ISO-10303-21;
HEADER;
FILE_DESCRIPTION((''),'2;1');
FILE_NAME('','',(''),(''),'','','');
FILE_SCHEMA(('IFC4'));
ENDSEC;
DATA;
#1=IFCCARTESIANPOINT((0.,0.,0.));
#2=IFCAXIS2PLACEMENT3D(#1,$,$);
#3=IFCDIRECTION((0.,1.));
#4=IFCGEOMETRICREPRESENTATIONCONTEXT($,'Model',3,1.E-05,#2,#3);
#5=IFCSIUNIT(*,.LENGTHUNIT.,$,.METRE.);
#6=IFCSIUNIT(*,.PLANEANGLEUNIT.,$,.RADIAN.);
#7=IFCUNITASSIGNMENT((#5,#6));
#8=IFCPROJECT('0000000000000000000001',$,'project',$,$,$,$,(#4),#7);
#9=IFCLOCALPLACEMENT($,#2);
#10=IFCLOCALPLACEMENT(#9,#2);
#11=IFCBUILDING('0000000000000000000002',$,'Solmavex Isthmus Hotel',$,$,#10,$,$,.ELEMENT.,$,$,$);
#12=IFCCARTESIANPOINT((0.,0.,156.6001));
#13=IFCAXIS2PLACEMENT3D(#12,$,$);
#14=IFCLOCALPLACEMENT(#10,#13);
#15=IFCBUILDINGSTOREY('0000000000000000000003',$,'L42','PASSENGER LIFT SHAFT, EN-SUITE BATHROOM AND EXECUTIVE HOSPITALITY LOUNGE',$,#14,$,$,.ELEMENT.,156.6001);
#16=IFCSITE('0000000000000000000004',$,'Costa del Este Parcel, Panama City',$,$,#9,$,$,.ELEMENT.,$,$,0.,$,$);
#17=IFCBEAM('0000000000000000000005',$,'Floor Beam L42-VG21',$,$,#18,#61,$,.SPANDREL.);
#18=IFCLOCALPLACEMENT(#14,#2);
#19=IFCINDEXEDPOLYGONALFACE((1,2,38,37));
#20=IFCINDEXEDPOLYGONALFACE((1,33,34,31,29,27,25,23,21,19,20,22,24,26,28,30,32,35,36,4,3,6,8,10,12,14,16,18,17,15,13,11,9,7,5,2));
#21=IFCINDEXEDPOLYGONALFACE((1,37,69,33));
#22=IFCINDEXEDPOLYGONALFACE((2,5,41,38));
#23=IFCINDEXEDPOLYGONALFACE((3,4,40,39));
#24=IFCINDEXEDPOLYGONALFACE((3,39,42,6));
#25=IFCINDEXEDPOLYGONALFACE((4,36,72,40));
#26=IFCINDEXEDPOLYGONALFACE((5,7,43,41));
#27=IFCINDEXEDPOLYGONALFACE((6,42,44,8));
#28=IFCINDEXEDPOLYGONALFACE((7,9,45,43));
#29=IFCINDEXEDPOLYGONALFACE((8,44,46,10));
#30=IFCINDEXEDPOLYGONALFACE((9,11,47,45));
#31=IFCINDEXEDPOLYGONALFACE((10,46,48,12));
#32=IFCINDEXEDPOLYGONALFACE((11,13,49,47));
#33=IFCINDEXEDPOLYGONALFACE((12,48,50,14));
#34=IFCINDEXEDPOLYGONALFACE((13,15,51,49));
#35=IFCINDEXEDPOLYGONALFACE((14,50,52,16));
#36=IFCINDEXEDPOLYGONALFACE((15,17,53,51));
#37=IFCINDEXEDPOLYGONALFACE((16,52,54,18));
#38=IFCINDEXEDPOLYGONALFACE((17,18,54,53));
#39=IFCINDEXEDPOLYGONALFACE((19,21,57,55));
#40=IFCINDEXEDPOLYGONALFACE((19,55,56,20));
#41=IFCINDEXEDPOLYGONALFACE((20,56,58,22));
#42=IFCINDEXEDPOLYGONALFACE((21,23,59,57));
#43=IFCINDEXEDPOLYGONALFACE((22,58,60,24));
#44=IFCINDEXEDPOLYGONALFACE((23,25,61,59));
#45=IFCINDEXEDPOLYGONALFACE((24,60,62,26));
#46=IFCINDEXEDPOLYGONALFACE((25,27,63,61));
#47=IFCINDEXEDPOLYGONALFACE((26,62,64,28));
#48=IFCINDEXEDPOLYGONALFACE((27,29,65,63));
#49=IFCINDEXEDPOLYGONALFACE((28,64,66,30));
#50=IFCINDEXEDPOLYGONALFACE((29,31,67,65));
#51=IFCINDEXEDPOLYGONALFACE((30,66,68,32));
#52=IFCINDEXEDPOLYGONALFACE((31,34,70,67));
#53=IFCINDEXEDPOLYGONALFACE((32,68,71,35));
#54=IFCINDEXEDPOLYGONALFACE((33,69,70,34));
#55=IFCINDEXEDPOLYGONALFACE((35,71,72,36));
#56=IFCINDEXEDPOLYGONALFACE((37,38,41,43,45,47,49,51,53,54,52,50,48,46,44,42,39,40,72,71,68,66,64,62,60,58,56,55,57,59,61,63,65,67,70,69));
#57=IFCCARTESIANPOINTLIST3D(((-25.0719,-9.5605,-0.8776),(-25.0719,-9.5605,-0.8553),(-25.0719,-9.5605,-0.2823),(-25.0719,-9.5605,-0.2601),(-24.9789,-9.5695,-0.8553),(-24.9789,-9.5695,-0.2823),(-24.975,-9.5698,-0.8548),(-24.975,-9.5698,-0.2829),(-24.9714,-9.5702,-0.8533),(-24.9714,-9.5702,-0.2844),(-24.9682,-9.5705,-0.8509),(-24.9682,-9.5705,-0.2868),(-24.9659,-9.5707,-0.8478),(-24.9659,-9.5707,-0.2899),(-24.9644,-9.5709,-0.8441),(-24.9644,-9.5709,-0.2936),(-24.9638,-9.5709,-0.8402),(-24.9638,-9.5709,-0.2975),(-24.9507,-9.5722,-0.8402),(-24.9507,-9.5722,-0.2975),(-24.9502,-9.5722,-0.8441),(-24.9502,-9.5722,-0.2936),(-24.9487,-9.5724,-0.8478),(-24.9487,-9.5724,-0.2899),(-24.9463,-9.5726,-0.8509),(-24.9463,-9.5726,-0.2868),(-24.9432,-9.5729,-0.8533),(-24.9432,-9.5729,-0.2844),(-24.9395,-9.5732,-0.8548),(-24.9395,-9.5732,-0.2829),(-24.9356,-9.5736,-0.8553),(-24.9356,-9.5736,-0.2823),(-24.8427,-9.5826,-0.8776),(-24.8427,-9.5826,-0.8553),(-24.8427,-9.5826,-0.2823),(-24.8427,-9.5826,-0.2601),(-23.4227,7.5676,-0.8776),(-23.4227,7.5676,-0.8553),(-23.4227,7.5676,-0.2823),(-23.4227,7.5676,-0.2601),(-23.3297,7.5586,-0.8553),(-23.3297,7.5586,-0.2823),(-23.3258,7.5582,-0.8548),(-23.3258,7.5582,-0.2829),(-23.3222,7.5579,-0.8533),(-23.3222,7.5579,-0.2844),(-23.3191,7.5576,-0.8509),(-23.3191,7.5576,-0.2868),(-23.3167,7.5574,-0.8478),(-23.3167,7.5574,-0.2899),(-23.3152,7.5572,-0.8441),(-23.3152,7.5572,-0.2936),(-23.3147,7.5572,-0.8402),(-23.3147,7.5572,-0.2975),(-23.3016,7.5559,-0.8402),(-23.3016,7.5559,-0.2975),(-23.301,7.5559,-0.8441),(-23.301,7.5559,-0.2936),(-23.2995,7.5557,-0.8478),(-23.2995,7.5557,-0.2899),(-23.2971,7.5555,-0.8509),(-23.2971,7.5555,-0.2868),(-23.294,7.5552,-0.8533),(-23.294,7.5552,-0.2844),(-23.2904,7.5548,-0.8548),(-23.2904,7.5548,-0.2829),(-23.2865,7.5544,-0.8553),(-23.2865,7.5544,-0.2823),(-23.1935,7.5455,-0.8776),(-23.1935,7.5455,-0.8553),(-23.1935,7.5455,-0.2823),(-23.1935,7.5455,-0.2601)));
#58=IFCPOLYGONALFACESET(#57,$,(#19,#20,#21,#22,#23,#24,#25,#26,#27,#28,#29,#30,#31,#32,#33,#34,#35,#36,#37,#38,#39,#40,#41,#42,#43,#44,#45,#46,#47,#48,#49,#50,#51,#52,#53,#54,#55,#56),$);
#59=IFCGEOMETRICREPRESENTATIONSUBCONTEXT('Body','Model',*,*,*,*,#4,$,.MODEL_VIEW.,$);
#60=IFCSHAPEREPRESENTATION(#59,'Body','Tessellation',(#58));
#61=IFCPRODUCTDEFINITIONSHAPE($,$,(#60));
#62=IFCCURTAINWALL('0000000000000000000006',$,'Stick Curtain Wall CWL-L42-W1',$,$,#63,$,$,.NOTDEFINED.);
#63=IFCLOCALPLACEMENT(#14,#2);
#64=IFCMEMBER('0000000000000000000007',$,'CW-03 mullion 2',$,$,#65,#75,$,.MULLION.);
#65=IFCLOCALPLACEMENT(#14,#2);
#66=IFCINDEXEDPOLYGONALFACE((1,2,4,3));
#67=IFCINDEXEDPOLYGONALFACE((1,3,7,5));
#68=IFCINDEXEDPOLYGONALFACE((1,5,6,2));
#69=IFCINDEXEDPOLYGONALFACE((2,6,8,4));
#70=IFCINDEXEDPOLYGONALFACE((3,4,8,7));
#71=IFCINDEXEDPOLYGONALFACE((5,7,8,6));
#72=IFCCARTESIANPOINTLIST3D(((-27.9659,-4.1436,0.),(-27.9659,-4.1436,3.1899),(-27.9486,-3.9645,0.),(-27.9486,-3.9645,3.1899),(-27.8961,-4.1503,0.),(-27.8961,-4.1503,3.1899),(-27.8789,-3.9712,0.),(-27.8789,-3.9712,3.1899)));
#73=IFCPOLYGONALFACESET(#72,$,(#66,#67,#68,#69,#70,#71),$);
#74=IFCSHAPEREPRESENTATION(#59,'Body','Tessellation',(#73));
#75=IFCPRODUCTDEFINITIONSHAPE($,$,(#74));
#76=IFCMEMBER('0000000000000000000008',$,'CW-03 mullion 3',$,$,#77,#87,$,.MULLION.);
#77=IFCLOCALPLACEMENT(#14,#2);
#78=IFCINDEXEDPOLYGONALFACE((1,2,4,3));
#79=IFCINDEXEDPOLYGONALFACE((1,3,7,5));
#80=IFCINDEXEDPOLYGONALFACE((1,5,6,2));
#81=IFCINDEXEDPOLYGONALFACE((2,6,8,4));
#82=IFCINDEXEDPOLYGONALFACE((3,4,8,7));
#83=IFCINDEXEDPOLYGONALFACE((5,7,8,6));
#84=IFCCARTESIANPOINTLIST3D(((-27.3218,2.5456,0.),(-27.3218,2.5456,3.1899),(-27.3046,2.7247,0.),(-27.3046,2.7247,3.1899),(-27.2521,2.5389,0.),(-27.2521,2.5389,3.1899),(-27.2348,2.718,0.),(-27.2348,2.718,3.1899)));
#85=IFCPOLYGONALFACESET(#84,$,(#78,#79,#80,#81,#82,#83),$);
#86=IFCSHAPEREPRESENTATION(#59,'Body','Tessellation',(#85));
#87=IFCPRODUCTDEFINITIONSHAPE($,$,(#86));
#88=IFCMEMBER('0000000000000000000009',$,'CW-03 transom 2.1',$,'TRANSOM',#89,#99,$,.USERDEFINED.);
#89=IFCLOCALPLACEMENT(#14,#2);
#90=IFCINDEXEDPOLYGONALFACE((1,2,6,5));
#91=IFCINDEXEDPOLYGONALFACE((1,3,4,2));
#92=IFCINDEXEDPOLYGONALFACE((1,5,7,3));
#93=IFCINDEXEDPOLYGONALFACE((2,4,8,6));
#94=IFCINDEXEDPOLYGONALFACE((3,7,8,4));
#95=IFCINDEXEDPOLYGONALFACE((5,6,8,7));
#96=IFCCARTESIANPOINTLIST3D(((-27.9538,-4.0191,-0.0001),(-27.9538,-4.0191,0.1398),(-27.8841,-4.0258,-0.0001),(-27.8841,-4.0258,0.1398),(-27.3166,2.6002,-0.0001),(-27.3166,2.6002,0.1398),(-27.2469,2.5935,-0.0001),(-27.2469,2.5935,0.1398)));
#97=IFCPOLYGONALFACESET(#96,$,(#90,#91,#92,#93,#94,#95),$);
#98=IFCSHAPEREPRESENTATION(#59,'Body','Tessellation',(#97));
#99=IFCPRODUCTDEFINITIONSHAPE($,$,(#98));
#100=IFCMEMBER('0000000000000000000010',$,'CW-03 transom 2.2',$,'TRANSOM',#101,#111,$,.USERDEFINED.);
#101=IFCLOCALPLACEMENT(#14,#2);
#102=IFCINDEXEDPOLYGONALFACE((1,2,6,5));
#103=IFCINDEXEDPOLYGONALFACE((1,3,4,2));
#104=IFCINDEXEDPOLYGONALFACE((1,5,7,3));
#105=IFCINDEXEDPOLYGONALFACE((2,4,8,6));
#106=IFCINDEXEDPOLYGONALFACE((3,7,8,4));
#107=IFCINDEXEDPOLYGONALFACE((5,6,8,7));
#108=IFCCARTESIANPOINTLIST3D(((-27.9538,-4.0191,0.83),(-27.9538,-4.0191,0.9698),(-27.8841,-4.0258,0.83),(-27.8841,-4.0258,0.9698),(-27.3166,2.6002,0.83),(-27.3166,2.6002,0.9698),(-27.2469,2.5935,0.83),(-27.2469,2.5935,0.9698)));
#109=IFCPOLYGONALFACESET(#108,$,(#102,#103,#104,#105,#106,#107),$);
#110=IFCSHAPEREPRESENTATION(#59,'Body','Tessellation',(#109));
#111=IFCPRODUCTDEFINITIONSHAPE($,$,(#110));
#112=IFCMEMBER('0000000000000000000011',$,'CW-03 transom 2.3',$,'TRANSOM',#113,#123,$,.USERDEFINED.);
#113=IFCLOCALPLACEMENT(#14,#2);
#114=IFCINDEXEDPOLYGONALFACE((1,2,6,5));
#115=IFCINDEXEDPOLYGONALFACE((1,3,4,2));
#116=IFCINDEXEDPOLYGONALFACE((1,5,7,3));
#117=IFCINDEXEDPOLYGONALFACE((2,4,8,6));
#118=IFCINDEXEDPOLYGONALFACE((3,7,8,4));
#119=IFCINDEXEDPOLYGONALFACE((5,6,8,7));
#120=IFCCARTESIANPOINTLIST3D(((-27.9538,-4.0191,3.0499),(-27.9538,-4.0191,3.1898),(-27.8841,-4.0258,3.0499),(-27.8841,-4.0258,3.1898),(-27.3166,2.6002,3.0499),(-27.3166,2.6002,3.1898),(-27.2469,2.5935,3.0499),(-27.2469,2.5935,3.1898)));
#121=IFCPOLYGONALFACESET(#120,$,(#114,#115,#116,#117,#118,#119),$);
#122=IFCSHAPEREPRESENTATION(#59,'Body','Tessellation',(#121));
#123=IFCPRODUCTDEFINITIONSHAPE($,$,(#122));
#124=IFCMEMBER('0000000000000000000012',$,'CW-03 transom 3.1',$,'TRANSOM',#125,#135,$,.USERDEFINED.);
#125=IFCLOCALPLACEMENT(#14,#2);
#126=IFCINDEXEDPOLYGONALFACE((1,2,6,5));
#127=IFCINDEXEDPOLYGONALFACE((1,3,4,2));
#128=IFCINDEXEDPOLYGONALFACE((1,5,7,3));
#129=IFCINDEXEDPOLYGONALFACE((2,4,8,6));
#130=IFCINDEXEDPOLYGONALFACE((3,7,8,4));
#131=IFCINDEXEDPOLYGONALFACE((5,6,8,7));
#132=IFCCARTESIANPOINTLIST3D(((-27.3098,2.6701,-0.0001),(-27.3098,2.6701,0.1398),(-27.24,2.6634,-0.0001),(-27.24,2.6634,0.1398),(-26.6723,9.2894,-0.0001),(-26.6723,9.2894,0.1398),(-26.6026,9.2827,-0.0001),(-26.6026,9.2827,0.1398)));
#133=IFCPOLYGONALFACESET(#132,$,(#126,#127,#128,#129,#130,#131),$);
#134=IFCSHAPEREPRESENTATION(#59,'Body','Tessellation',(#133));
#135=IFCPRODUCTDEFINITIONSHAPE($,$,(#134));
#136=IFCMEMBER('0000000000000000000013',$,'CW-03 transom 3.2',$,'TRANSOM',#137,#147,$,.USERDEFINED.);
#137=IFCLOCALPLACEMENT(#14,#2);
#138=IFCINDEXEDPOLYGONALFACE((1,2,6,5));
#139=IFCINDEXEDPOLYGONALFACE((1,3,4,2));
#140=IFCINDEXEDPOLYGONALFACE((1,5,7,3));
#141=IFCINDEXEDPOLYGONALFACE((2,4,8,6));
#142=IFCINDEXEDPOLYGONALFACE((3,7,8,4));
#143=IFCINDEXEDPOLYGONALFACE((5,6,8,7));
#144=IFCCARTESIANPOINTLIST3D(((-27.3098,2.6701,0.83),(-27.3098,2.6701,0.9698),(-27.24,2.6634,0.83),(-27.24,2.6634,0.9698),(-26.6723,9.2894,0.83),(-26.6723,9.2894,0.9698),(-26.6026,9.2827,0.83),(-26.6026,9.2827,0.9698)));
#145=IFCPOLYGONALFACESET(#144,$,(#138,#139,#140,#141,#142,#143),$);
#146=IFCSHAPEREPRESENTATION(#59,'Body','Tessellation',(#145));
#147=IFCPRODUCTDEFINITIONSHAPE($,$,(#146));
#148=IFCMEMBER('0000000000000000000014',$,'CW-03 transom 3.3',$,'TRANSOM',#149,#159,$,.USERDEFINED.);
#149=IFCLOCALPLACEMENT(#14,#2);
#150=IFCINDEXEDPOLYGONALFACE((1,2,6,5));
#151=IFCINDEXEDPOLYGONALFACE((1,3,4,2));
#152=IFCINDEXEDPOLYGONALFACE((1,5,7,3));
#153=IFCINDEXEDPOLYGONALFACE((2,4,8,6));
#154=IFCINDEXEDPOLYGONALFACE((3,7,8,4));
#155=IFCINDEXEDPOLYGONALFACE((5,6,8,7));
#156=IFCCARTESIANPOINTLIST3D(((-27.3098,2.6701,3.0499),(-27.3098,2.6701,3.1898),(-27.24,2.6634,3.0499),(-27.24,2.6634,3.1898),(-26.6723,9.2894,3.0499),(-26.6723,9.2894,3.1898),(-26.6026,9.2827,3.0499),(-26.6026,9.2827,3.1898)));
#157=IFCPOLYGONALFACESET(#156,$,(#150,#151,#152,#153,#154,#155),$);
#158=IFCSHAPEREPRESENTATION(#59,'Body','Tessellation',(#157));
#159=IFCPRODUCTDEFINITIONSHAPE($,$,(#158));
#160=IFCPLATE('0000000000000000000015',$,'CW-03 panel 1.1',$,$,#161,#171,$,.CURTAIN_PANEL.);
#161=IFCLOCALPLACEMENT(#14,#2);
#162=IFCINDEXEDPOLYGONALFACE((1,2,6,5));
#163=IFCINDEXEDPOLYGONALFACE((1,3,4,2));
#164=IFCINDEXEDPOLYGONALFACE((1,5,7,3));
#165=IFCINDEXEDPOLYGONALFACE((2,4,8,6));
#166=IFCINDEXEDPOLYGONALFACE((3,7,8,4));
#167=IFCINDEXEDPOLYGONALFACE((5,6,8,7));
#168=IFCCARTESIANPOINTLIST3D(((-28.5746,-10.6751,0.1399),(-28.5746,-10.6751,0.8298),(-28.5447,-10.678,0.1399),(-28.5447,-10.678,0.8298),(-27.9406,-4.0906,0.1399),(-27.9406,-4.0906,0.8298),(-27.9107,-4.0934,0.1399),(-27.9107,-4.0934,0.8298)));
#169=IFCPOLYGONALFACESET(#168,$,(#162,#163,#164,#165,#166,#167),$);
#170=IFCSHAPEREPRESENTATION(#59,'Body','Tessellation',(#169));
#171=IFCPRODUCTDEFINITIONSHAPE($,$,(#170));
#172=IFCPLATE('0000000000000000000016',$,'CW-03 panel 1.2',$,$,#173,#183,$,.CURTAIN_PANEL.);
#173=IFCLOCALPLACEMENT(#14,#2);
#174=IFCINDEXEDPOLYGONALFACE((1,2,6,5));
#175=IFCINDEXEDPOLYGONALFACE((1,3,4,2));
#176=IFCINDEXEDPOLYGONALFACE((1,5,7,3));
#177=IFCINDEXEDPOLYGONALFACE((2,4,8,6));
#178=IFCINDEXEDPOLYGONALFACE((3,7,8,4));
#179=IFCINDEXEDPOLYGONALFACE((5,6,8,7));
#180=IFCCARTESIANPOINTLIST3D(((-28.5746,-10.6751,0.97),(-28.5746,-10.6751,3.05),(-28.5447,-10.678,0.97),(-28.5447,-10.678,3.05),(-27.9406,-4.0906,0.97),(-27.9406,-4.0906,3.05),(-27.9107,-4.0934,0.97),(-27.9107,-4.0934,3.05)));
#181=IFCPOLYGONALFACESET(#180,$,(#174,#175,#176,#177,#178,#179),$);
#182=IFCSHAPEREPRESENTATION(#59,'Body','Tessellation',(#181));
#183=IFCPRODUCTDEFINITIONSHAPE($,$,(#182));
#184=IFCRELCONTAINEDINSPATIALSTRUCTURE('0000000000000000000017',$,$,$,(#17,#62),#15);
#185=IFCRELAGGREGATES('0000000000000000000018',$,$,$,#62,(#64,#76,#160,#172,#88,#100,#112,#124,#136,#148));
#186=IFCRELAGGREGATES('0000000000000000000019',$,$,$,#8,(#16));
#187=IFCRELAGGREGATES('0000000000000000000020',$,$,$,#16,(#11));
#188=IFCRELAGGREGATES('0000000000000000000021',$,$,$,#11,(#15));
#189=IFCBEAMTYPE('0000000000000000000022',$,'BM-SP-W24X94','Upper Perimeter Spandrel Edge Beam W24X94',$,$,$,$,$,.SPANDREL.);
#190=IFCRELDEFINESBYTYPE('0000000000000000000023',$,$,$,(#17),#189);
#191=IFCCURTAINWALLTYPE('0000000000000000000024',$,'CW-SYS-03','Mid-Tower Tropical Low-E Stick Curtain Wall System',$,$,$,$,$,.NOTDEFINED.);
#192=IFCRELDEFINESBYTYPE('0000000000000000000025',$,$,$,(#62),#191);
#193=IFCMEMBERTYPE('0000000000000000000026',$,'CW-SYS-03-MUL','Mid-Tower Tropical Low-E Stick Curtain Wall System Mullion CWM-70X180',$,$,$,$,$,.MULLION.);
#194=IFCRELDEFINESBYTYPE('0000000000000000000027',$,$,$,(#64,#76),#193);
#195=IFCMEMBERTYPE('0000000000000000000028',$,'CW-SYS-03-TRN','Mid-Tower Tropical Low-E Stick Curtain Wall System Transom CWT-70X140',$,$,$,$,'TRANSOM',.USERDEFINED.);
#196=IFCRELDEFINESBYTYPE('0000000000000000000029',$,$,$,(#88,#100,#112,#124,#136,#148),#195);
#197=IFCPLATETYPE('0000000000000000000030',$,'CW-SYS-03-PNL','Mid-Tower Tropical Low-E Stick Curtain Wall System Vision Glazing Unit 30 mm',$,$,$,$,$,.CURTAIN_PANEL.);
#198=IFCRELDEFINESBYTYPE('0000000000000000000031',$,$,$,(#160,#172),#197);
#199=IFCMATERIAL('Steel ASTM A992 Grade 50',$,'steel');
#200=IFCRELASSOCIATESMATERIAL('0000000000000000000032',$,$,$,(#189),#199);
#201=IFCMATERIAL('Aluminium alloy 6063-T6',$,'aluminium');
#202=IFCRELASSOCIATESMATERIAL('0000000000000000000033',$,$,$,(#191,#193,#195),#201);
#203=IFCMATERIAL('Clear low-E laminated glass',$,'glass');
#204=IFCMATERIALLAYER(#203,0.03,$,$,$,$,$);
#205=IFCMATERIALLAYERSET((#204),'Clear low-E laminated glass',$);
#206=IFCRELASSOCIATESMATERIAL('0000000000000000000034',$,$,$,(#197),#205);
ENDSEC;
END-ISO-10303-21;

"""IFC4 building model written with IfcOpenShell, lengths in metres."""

from ifc_helpers import new_model, si_unit, direction, frame, origin, origin_2d, place, context, subcontext, project, spatial, rectangle, i_section, extrude, material, layer, layer_set, material_profile, profile_set, type_object, element, aggregate, save


model = new_model("IFC4")

# Units and contexts
model_context = context("Model", 3, precision=1e-05, world=origin(), true_north=direction((0.0, 1.0)))
body_context = subcontext(model_context, "Body", "Model", "MODEL_VIEW")
ifc_project = project(units=[si_unit("LENGTHUNIT", "METRE"), si_unit("PLANEANGLEUNIT", "RADIAN")], contexts=[model_context])

# Site, building, storey
site_placement = place(None, origin())
site = spatial("IfcSite", under=ifc_project, at=site_placement, Name="Costa del Este Parcel, Panama City", CompositionType="ELEMENT", RefElevation=0.0)
building_placement = place(site_placement, origin())
building = spatial("IfcBuilding", under=site, at=building_placement, Name="Solmavex Isthmus Hotel", CompositionType="ELEMENT")
storey_placement = place(building_placement, frame((0.0, 0.0, 156.6001)))
storey = spatial("IfcBuildingStorey", under=building, at=storey_placement, Name="L42", Description="PASSENGER LIFT SHAFT, EN-SUITE BATHROOM AND EXECUTIVE HOSPITALITY LOUNGE", CompositionType="ELEMENT", Elevation=156.6001)

# Beam
ifc_material_1 = material(Name="Steel ASTM A992 Grade 50", Category="steel")
ifc_material_profile_1 = material_profile(ifc_material_1, i_section(OverallWidth=0.2302, OverallDepth=0.6174, WebThickness=0.0132, FlangeThickness=0.0222, FilletRadius=0.0151, at=origin_2d()), Name="W24X94")
ifc_profile_set_1 = profile_set([ifc_material_profile_1], Name="Steel ASTM A992 Grade 50")
beam_type_1 = type_object("IfcBeamType", Name="BM-SP-W24X94", Description="Upper Perimeter Spandrel Edge Beam W24X94", PredefinedType="SPANDREL", material=ifc_profile_set_1)
beam_1_placement = place(storey_placement, frame((-24.9573, -9.5715, -0.5688), z_axis=(0.095841, 0.995397, 0.0), x_axis=(-0.995397, 0.095841, 0.0)))
element("IfcBeam", 1, at=beam_1_placement, inside=storey, type_object=beam_type_1, Name="Floor Beam L42-VG21", PredefinedType="SPANDREL", context=body_context, shape_type="SweptSolid", body=[
    extrude(i_section(OverallWidth=0.2302, OverallDepth=0.6174, WebThickness=0.0132, FlangeThickness=0.0222, FilletRadius=0.0151, at=origin_2d()), origin(), (0.0, 0.0, 1.0), 17.2073),
])

# Curtain wall, members, plates
ifc_material_2 = material(Name="Aluminium alloy 6063-T6", Category="aluminium")
curtain_wall_type = type_object("IfcCurtainWallType", Name="CW-SYS-03", Description="Mid-Tower Tropical Low-E Stick Curtain Wall System", PredefinedType="NOTDEFINED", material=ifc_material_2)
curtain_wall_placement = place(storey_placement, origin())
curtain_wall = element("IfcCurtainWall", 2, at=curtain_wall_placement, inside=storey, type_object=curtain_wall_type, Name="Stick Curtain Wall CWL-L42-W1", PredefinedType="NOTDEFINED")
ifc_material_profile_2 = material_profile(ifc_material_2, rectangle(XDim=0.0701, YDim=0.1799, at=origin_2d()), Name="CWM-70X180")
ifc_profile_set_2 = profile_set([ifc_material_profile_2], Name="Aluminium alloy 6063-T6")
member_type_1 = type_object("IfcMemberType", Name="CW-SYS-03-MUL", Description="Mid-Tower Tropical Low-E Stick Curtain Wall System Mullion CWM-70X180", PredefinedType="MULLION", material=ifc_profile_set_2)
member_1_placement = place(storey_placement, frame((-27.9224, -4.0574, 0.0), z_axis=(0.0, 0.0, 1.0), x_axis=(-0.995396, 0.095846, 0.0)))
member_1 = element("IfcMember", 3, at=member_1_placement, type_object=member_type_1, Name="CW-03 mullion 2", PredefinedType="MULLION", context=body_context, shape_type="SweptSolid", body=[
    extrude(rectangle(XDim=0.0701, YDim=0.1799, at=origin_2d()), origin(), (0.0, 0.0, 1.0), 3.1899),
])
member_2_placement = place(storey_placement, frame((-27.2783, 2.6318, 0.0), z_axis=(0.0, 0.0, 1.0), x_axis=(-0.995396, 0.095846, 0.0)))
member_2 = element("IfcMember", 4, at=member_2_placement, type_object=member_type_1, Name="CW-03 mullion 3", PredefinedType="MULLION", context=body_context, shape_type="SweptSolid", body=[
    extrude(rectangle(XDim=0.0701, YDim=0.1799, at=origin_2d()), origin(), (0.0, 0.0, 1.0), 3.1899),
])
ifc_material_profile_3 = material_profile(ifc_material_2, rectangle(XDim=0.0701, YDim=0.1399, at=origin_2d()), Name="CWT-70X140")
ifc_profile_set_3 = profile_set([ifc_material_profile_3], Name="Aluminium alloy 6063-T6")
member_type_2 = type_object("IfcMemberType", Name="CW-SYS-03-TRN", Description="Mid-Tower Tropical Low-E Stick Curtain Wall System Transom CWT-70X140", ElementType="TRANSOM", PredefinedType="USERDEFINED", material=ifc_profile_set_3)
member_3_placement = place(storey_placement, frame((-27.9189, -4.0225, 0.0698), z_axis=(0.095821, 0.995399, 0.0), x_axis=(-0.995399, 0.095821, 0.0)))
member_3 = element("IfcMember", 5, at=member_3_placement, type_object=member_type_2, Name="CW-03 transom 2.1", ObjectType="TRANSOM", PredefinedType="USERDEFINED", context=body_context, shape_type="SweptSolid", body=[
    extrude(rectangle(XDim=0.0701, YDim=0.1399, at=origin_2d()), origin(), (0.0, 0.0, 1.0), 6.6499),
])
member_4_placement = place(storey_placement, frame((-27.9189, -4.0225, 0.8999), z_axis=(0.095821, 0.995399, 0.0), x_axis=(-0.995399, 0.095821, 0.0)))
member_4 = element("IfcMember", 6, at=member_4_placement, type_object=member_type_2, Name="CW-03 transom 2.2", ObjectType="TRANSOM", PredefinedType="USERDEFINED", context=body_context, shape_type="SweptSolid", body=[
    extrude(rectangle(XDim=0.0701, YDim=0.1399, at=origin_2d()), origin(), (0.0, 0.0, 1.0), 6.6499),
])
member_5_placement = place(storey_placement, frame((-27.9189, -4.0225, 3.1199), z_axis=(0.095821, 0.995399, 0.0), x_axis=(-0.995399, 0.095821, 0.0)))
member_5 = element("IfcMember", 7, at=member_5_placement, type_object=member_type_2, Name="CW-03 transom 2.3", ObjectType="TRANSOM", PredefinedType="USERDEFINED", context=body_context, shape_type="SweptSolid", body=[
    extrude(rectangle(XDim=0.0701, YDim=0.1399, at=origin_2d()), origin(), (0.0, 0.0, 1.0), 6.6499),
])
member_6_placement = place(storey_placement, frame((-27.2749, 2.6667, 0.0698), z_axis=(0.095857, 0.995395, 0.0), x_axis=(-0.995395, 0.095857, 0.0)))
member_6 = element("IfcMember", 8, at=member_6_placement, type_object=member_type_2, Name="CW-03 transom 3.1", ObjectType="TRANSOM", PredefinedType="USERDEFINED", context=body_context, shape_type="SweptSolid", body=[
    extrude(rectangle(XDim=0.0701, YDim=0.1399, at=origin_2d()), origin(), (0.0, 0.0, 1.0), 6.6499),
])
member_7_placement = place(storey_placement, frame((-27.2749, 2.6667, 0.8999), z_axis=(0.095857, 0.995395, 0.0), x_axis=(-0.995395, 0.095857, 0.0)))
member_7 = element("IfcMember", 9, at=member_7_placement, type_object=member_type_2, Name="CW-03 transom 3.2", ObjectType="TRANSOM", PredefinedType="USERDEFINED", context=body_context, shape_type="SweptSolid", body=[
    extrude(rectangle(XDim=0.0701, YDim=0.1399, at=origin_2d()), origin(), (0.0, 0.0, 1.0), 6.6499),
])
member_8_placement = place(storey_placement, frame((-27.2749, 2.6667, 3.1199), z_axis=(0.095857, 0.995395, 0.0), x_axis=(-0.995395, 0.095857, 0.0)))
member_8 = element("IfcMember", 10, at=member_8_placement, type_object=member_type_2, Name="CW-03 transom 3.3", ObjectType="TRANSOM", PredefinedType="USERDEFINED", context=body_context, shape_type="SweptSolid", body=[
    extrude(rectangle(XDim=0.0701, YDim=0.1399, at=origin_2d()), origin(), (0.0, 0.0, 1.0), 6.6499),
])
ifc_material_3 = material(Name="Clear low-E laminated glass", Category="glass")
ifc_layer_1 = layer(ifc_material_3, 0.03)
ifc_layer_set_1 = layer_set([ifc_layer_1], Name="Clear low-E laminated glass")
plate_type = type_object("IfcPlateType", Name="CW-SYS-03-PNL", Description="Mid-Tower Tropical Low-E Stick Curtain Wall System Vision Glazing Unit 30 mm", PredefinedType="CURTAIN_PANEL", material=ifc_layer_set_1)
plate_1_placement = place(storey_placement, frame((-28.2427, -7.3843, 0.1399), z_axis=(0.0, 0.0, 1.0), x_axis=(0.095846, 0.995396, 0.0)))
plate_1 = element("IfcPlate", 11, at=plate_1_placement, type_object=plate_type, Name="CW-03 panel 1.1", PredefinedType="CURTAIN_PANEL", context=body_context, shape_type="SweptSolid", body=[
    extrude(rectangle(XDim=6.615, YDim=0.03, at=origin_2d()), origin(), (0.0, 0.0, 1.0), 0.6899),
])
plate_2_placement = place(storey_placement, frame((-28.2427, -7.3843, 0.97), z_axis=(0.0, 0.0, 1.0), x_axis=(0.095846, 0.995396, 0.0)))
plate_2 = element("IfcPlate", 12, at=plate_2_placement, type_object=plate_type, Name="CW-03 panel 1.2", PredefinedType="CURTAIN_PANEL", context=body_context, shape_type="SweptSolid", body=[
    extrude(rectangle(XDim=6.615, YDim=0.03, at=origin_2d()), origin(), (0.0, 0.0, 1.0), 2.0801),
])
aggregate(curtain_wall, [member_1, member_2, plate_1, plate_2, member_3, member_4, member_5, member_6, member_7, member_8])

save(model, "model.ifc")
